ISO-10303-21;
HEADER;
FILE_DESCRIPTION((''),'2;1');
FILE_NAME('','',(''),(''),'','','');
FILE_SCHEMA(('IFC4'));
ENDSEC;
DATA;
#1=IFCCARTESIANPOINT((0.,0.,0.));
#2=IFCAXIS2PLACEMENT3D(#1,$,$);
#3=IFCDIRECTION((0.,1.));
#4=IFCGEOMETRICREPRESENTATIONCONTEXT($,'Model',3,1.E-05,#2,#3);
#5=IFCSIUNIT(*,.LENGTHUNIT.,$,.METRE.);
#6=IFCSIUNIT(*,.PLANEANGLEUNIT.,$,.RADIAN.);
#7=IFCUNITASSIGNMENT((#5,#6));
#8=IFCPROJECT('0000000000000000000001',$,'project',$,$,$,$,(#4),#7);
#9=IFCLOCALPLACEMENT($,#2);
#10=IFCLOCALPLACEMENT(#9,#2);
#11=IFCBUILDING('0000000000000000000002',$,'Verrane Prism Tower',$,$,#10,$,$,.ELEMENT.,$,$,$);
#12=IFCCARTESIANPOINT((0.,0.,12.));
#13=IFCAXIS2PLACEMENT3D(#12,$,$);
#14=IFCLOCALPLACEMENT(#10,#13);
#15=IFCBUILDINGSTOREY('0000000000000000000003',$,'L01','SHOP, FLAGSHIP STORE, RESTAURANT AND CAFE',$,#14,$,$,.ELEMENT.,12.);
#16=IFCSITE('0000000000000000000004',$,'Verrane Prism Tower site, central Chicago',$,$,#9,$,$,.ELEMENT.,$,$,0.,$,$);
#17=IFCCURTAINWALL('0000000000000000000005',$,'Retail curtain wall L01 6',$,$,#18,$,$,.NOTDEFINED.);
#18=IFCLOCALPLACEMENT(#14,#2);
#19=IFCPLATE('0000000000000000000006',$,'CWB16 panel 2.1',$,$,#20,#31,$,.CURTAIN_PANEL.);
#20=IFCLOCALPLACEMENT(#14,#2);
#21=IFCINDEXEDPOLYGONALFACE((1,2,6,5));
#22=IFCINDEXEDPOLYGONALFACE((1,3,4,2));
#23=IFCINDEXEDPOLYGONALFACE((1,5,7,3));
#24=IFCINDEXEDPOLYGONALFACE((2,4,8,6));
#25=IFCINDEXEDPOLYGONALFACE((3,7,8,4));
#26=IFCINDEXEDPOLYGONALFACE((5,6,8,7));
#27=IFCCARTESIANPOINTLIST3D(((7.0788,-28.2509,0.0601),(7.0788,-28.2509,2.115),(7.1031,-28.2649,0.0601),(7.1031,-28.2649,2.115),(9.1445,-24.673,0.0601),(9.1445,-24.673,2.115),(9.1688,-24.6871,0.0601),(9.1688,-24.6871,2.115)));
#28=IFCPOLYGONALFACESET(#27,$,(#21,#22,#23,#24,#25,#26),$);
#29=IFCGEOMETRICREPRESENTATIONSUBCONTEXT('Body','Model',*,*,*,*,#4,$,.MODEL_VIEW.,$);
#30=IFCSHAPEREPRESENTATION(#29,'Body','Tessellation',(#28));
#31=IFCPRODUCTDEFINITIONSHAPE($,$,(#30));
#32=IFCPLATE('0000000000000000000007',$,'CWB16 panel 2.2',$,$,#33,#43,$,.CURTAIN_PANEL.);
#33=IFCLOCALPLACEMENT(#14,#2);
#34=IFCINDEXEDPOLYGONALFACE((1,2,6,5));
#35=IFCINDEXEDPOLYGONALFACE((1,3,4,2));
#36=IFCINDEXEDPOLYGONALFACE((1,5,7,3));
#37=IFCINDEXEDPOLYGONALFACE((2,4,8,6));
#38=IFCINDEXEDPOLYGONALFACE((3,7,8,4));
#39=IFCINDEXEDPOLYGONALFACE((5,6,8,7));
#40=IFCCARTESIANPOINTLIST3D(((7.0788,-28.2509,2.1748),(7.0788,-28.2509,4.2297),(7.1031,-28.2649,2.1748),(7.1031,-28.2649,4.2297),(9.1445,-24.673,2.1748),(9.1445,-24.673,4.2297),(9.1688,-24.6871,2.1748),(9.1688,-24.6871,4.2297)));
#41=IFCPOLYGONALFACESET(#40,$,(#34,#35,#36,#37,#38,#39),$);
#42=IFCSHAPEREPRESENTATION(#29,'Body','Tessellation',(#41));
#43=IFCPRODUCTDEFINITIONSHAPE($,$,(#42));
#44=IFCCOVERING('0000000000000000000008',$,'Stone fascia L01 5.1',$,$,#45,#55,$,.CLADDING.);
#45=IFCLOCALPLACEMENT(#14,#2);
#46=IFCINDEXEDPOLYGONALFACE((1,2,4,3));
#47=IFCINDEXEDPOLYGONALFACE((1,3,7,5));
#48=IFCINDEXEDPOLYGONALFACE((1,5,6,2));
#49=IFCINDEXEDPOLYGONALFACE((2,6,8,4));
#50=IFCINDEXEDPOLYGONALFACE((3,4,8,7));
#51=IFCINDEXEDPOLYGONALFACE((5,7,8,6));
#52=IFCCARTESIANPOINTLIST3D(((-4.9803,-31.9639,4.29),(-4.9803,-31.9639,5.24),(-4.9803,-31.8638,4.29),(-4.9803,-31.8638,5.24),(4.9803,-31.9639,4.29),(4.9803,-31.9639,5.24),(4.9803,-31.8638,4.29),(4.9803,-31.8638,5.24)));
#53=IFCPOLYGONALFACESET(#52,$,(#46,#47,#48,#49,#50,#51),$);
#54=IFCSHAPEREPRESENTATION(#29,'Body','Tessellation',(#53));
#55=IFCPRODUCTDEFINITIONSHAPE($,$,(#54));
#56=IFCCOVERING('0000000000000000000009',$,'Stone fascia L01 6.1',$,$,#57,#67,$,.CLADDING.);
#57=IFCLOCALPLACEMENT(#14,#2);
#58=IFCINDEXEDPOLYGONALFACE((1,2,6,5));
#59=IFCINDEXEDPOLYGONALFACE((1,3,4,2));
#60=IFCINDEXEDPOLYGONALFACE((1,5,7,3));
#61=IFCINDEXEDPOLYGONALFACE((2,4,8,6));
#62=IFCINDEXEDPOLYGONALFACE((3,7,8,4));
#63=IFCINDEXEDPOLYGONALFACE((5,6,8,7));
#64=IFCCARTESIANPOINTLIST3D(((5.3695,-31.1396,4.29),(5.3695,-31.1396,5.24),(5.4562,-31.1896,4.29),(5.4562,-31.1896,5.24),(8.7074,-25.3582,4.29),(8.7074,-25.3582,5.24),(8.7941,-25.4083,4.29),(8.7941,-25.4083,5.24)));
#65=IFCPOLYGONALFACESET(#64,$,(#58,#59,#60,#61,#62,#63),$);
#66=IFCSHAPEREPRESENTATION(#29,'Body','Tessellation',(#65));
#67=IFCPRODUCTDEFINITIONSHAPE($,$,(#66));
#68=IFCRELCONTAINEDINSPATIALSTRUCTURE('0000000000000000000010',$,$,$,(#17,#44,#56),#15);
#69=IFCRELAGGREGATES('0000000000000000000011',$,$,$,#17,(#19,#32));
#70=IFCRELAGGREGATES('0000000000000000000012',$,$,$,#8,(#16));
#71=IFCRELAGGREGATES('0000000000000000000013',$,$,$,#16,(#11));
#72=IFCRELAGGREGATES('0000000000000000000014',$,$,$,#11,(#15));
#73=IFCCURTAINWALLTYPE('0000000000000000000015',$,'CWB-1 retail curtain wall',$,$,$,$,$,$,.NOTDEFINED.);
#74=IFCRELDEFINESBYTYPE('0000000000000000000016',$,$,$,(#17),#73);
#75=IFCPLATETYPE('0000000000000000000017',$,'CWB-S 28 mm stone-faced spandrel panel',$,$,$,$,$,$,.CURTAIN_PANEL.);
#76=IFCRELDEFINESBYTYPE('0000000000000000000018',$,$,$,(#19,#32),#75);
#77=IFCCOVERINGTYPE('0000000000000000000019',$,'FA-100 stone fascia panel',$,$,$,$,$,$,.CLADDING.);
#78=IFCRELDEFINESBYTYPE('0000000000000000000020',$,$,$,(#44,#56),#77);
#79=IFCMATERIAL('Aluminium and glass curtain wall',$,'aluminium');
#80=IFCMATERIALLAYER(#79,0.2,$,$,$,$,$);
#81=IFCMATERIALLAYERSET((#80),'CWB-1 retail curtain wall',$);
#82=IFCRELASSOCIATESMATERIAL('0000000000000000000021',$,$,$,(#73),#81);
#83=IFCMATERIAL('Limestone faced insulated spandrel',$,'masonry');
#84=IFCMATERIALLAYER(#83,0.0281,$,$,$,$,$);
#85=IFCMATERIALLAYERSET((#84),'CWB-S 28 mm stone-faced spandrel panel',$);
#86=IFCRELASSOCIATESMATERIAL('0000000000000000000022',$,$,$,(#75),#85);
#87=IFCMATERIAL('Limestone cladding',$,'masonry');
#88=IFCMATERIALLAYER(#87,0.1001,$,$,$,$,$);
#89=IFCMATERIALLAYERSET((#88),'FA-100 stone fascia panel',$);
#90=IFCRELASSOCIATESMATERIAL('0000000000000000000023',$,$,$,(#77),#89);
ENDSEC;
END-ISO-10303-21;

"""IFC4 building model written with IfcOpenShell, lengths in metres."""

from ifc_helpers import new_model, si_unit, direction, frame, origin, origin_2d, place, context, subcontext, project, spatial, rectangle, extrude, material, layer, layer_set, type_object, element, aggregate, save


model = new_model("IFC4")

# Units and contexts
model_context = context("Model", 3, precision=1e-05, world=origin(), true_north=direction((0.0, 1.0)))
body_context = subcontext(model_context, "Body", "Model", "MODEL_VIEW")
ifc_project = project(units=[si_unit("LENGTHUNIT", "METRE"), si_unit("PLANEANGLEUNIT", "RADIAN")], contexts=[model_context])

# Site, building, storey
site_placement = place(None, origin())
site = spatial("IfcSite", under=ifc_project, at=site_placement, Name="Verrane Prism Tower site, central Chicago", CompositionType="ELEMENT", RefElevation=0.0)
building_placement = place(site_placement, origin())
building = spatial("IfcBuilding", under=site, at=building_placement, Name="Verrane Prism Tower", CompositionType="ELEMENT")
storey_placement = place(building_placement, frame((0.0, 0.0, 12.0)))
storey = spatial("IfcBuildingStorey", under=building, at=storey_placement, Name="L01", Description="SHOP, FLAGSHIP STORE, RESTAURANT AND CAFE", CompositionType="ELEMENT", Elevation=12.0)

# Curtain wall
ifc_material_1 = material(Name="Aluminium and glass curtain wall", Category="aluminium")
ifc_layer_1 = layer(ifc_material_1, 0.2)
ifc_layer_set_1 = layer_set([ifc_layer_1], Name="CWB-1 retail curtain wall")
curtain_wall_type = type_object("IfcCurtainWallType", Name="CWB-1 retail curtain wall", PredefinedType="NOTDEFINED", material=ifc_layer_set_1)
curtain_wall_1_placement = place(storey_placement, origin())
curtain_wall_1 = element("IfcCurtainWall", 1, at=curtain_wall_1_placement, inside=storey, type_object=curtain_wall_type, Name="Retail curtain wall L01 6", PredefinedType="NOTDEFINED")

# Plates
ifc_material_2 = material(Name="Limestone faced insulated spandrel", Category="masonry")
ifc_layer_2 = layer(ifc_material_2, 0.0281)
ifc_layer_set_2 = layer_set([ifc_layer_2], Name="CWB-S 28 mm stone-faced spandrel panel")
plate_type = type_object("IfcPlateType", Name="CWB-S 28 mm stone-faced spandrel panel", PredefinedType="CURTAIN_PANEL", material=ifc_layer_set_2)
plate_1_placement = place(storey_placement, frame((8.1238, -26.469, 0.0601), z_axis=(0.0, 0.0, 1.0), x_axis=(0.5, 0.866025, 0.0)))
plate_1 = element("IfcPlate", 2, at=plate_1_placement, type_object=plate_type, Name="CWB16 panel 2.1", PredefinedType="CURTAIN_PANEL", context=body_context, shape_type="SweptSolid", body=[
    extrude(rectangle(XDim=4.1313, YDim=0.0281, at=origin_2d()), origin(), (0.0, 0.0, 1.0), 2.0549),
])
plate_2_placement = place(storey_placement, frame((8.1238, -26.469, 2.1748), z_axis=(0.0, 0.0, 1.0), x_axis=(0.5, 0.866025, 0.0)))
plate_2 = element("IfcPlate", 3, at=plate_2_placement, type_object=plate_type, Name="CWB16 panel 2.2", PredefinedType="CURTAIN_PANEL", context=body_context, shape_type="SweptSolid", body=[
    extrude(rectangle(XDim=4.1313, YDim=0.0281, at=origin_2d()), origin(), (0.0, 0.0, 1.0), 2.0549),
])
aggregate(curtain_wall_1, [plate_1, plate_2])

# Coverings
ifc_material_3 = material(Name="Limestone cladding", Category="masonry")
ifc_layer_3 = layer(ifc_material_3, 0.1001)
ifc_layer_set_3 = layer_set([ifc_layer_3], Name="FA-100 stone fascia panel")
covering_type = type_object("IfcCoveringType", Name="FA-100 stone fascia panel", PredefinedType="CLADDING", material=ifc_layer_set_3)
covering_1_placement = place(storey_placement, frame((0.0, -31.9138, 4.29), z_axis=(0.0, 0.0, 1.0), x_axis=(1.0, 0.0, 0.0)))
element("IfcCovering", 4, at=covering_1_placement, inside=storey, type_object=covering_type, Name="Stone fascia L01 5.1", PredefinedType="CLADDING", context=body_context, shape_type="SweptSolid", body=[
    extrude(rectangle(XDim=9.9607, YDim=0.1001, at=origin_2d()), origin(), (0.0, 0.0, 1.0), 0.95),
])
covering_2_placement = place(storey_placement, frame((7.0818, -28.2739, 4.29), z_axis=(0.0, 0.0, 1.0), x_axis=(0.5, 0.866025, 0.0)))
element("IfcCovering", 5, at=covering_2_placement, inside=storey, type_object=covering_type, Name="Stone fascia L01 6.1", PredefinedType="CLADDING", context=body_context, shape_type="SweptSolid", body=[
    extrude(rectangle(XDim=6.6758, YDim=0.1001, at=origin_2d()), origin(), (0.0, 0.0, 1.0), 0.95),
])

save(model, "model.ifc")
